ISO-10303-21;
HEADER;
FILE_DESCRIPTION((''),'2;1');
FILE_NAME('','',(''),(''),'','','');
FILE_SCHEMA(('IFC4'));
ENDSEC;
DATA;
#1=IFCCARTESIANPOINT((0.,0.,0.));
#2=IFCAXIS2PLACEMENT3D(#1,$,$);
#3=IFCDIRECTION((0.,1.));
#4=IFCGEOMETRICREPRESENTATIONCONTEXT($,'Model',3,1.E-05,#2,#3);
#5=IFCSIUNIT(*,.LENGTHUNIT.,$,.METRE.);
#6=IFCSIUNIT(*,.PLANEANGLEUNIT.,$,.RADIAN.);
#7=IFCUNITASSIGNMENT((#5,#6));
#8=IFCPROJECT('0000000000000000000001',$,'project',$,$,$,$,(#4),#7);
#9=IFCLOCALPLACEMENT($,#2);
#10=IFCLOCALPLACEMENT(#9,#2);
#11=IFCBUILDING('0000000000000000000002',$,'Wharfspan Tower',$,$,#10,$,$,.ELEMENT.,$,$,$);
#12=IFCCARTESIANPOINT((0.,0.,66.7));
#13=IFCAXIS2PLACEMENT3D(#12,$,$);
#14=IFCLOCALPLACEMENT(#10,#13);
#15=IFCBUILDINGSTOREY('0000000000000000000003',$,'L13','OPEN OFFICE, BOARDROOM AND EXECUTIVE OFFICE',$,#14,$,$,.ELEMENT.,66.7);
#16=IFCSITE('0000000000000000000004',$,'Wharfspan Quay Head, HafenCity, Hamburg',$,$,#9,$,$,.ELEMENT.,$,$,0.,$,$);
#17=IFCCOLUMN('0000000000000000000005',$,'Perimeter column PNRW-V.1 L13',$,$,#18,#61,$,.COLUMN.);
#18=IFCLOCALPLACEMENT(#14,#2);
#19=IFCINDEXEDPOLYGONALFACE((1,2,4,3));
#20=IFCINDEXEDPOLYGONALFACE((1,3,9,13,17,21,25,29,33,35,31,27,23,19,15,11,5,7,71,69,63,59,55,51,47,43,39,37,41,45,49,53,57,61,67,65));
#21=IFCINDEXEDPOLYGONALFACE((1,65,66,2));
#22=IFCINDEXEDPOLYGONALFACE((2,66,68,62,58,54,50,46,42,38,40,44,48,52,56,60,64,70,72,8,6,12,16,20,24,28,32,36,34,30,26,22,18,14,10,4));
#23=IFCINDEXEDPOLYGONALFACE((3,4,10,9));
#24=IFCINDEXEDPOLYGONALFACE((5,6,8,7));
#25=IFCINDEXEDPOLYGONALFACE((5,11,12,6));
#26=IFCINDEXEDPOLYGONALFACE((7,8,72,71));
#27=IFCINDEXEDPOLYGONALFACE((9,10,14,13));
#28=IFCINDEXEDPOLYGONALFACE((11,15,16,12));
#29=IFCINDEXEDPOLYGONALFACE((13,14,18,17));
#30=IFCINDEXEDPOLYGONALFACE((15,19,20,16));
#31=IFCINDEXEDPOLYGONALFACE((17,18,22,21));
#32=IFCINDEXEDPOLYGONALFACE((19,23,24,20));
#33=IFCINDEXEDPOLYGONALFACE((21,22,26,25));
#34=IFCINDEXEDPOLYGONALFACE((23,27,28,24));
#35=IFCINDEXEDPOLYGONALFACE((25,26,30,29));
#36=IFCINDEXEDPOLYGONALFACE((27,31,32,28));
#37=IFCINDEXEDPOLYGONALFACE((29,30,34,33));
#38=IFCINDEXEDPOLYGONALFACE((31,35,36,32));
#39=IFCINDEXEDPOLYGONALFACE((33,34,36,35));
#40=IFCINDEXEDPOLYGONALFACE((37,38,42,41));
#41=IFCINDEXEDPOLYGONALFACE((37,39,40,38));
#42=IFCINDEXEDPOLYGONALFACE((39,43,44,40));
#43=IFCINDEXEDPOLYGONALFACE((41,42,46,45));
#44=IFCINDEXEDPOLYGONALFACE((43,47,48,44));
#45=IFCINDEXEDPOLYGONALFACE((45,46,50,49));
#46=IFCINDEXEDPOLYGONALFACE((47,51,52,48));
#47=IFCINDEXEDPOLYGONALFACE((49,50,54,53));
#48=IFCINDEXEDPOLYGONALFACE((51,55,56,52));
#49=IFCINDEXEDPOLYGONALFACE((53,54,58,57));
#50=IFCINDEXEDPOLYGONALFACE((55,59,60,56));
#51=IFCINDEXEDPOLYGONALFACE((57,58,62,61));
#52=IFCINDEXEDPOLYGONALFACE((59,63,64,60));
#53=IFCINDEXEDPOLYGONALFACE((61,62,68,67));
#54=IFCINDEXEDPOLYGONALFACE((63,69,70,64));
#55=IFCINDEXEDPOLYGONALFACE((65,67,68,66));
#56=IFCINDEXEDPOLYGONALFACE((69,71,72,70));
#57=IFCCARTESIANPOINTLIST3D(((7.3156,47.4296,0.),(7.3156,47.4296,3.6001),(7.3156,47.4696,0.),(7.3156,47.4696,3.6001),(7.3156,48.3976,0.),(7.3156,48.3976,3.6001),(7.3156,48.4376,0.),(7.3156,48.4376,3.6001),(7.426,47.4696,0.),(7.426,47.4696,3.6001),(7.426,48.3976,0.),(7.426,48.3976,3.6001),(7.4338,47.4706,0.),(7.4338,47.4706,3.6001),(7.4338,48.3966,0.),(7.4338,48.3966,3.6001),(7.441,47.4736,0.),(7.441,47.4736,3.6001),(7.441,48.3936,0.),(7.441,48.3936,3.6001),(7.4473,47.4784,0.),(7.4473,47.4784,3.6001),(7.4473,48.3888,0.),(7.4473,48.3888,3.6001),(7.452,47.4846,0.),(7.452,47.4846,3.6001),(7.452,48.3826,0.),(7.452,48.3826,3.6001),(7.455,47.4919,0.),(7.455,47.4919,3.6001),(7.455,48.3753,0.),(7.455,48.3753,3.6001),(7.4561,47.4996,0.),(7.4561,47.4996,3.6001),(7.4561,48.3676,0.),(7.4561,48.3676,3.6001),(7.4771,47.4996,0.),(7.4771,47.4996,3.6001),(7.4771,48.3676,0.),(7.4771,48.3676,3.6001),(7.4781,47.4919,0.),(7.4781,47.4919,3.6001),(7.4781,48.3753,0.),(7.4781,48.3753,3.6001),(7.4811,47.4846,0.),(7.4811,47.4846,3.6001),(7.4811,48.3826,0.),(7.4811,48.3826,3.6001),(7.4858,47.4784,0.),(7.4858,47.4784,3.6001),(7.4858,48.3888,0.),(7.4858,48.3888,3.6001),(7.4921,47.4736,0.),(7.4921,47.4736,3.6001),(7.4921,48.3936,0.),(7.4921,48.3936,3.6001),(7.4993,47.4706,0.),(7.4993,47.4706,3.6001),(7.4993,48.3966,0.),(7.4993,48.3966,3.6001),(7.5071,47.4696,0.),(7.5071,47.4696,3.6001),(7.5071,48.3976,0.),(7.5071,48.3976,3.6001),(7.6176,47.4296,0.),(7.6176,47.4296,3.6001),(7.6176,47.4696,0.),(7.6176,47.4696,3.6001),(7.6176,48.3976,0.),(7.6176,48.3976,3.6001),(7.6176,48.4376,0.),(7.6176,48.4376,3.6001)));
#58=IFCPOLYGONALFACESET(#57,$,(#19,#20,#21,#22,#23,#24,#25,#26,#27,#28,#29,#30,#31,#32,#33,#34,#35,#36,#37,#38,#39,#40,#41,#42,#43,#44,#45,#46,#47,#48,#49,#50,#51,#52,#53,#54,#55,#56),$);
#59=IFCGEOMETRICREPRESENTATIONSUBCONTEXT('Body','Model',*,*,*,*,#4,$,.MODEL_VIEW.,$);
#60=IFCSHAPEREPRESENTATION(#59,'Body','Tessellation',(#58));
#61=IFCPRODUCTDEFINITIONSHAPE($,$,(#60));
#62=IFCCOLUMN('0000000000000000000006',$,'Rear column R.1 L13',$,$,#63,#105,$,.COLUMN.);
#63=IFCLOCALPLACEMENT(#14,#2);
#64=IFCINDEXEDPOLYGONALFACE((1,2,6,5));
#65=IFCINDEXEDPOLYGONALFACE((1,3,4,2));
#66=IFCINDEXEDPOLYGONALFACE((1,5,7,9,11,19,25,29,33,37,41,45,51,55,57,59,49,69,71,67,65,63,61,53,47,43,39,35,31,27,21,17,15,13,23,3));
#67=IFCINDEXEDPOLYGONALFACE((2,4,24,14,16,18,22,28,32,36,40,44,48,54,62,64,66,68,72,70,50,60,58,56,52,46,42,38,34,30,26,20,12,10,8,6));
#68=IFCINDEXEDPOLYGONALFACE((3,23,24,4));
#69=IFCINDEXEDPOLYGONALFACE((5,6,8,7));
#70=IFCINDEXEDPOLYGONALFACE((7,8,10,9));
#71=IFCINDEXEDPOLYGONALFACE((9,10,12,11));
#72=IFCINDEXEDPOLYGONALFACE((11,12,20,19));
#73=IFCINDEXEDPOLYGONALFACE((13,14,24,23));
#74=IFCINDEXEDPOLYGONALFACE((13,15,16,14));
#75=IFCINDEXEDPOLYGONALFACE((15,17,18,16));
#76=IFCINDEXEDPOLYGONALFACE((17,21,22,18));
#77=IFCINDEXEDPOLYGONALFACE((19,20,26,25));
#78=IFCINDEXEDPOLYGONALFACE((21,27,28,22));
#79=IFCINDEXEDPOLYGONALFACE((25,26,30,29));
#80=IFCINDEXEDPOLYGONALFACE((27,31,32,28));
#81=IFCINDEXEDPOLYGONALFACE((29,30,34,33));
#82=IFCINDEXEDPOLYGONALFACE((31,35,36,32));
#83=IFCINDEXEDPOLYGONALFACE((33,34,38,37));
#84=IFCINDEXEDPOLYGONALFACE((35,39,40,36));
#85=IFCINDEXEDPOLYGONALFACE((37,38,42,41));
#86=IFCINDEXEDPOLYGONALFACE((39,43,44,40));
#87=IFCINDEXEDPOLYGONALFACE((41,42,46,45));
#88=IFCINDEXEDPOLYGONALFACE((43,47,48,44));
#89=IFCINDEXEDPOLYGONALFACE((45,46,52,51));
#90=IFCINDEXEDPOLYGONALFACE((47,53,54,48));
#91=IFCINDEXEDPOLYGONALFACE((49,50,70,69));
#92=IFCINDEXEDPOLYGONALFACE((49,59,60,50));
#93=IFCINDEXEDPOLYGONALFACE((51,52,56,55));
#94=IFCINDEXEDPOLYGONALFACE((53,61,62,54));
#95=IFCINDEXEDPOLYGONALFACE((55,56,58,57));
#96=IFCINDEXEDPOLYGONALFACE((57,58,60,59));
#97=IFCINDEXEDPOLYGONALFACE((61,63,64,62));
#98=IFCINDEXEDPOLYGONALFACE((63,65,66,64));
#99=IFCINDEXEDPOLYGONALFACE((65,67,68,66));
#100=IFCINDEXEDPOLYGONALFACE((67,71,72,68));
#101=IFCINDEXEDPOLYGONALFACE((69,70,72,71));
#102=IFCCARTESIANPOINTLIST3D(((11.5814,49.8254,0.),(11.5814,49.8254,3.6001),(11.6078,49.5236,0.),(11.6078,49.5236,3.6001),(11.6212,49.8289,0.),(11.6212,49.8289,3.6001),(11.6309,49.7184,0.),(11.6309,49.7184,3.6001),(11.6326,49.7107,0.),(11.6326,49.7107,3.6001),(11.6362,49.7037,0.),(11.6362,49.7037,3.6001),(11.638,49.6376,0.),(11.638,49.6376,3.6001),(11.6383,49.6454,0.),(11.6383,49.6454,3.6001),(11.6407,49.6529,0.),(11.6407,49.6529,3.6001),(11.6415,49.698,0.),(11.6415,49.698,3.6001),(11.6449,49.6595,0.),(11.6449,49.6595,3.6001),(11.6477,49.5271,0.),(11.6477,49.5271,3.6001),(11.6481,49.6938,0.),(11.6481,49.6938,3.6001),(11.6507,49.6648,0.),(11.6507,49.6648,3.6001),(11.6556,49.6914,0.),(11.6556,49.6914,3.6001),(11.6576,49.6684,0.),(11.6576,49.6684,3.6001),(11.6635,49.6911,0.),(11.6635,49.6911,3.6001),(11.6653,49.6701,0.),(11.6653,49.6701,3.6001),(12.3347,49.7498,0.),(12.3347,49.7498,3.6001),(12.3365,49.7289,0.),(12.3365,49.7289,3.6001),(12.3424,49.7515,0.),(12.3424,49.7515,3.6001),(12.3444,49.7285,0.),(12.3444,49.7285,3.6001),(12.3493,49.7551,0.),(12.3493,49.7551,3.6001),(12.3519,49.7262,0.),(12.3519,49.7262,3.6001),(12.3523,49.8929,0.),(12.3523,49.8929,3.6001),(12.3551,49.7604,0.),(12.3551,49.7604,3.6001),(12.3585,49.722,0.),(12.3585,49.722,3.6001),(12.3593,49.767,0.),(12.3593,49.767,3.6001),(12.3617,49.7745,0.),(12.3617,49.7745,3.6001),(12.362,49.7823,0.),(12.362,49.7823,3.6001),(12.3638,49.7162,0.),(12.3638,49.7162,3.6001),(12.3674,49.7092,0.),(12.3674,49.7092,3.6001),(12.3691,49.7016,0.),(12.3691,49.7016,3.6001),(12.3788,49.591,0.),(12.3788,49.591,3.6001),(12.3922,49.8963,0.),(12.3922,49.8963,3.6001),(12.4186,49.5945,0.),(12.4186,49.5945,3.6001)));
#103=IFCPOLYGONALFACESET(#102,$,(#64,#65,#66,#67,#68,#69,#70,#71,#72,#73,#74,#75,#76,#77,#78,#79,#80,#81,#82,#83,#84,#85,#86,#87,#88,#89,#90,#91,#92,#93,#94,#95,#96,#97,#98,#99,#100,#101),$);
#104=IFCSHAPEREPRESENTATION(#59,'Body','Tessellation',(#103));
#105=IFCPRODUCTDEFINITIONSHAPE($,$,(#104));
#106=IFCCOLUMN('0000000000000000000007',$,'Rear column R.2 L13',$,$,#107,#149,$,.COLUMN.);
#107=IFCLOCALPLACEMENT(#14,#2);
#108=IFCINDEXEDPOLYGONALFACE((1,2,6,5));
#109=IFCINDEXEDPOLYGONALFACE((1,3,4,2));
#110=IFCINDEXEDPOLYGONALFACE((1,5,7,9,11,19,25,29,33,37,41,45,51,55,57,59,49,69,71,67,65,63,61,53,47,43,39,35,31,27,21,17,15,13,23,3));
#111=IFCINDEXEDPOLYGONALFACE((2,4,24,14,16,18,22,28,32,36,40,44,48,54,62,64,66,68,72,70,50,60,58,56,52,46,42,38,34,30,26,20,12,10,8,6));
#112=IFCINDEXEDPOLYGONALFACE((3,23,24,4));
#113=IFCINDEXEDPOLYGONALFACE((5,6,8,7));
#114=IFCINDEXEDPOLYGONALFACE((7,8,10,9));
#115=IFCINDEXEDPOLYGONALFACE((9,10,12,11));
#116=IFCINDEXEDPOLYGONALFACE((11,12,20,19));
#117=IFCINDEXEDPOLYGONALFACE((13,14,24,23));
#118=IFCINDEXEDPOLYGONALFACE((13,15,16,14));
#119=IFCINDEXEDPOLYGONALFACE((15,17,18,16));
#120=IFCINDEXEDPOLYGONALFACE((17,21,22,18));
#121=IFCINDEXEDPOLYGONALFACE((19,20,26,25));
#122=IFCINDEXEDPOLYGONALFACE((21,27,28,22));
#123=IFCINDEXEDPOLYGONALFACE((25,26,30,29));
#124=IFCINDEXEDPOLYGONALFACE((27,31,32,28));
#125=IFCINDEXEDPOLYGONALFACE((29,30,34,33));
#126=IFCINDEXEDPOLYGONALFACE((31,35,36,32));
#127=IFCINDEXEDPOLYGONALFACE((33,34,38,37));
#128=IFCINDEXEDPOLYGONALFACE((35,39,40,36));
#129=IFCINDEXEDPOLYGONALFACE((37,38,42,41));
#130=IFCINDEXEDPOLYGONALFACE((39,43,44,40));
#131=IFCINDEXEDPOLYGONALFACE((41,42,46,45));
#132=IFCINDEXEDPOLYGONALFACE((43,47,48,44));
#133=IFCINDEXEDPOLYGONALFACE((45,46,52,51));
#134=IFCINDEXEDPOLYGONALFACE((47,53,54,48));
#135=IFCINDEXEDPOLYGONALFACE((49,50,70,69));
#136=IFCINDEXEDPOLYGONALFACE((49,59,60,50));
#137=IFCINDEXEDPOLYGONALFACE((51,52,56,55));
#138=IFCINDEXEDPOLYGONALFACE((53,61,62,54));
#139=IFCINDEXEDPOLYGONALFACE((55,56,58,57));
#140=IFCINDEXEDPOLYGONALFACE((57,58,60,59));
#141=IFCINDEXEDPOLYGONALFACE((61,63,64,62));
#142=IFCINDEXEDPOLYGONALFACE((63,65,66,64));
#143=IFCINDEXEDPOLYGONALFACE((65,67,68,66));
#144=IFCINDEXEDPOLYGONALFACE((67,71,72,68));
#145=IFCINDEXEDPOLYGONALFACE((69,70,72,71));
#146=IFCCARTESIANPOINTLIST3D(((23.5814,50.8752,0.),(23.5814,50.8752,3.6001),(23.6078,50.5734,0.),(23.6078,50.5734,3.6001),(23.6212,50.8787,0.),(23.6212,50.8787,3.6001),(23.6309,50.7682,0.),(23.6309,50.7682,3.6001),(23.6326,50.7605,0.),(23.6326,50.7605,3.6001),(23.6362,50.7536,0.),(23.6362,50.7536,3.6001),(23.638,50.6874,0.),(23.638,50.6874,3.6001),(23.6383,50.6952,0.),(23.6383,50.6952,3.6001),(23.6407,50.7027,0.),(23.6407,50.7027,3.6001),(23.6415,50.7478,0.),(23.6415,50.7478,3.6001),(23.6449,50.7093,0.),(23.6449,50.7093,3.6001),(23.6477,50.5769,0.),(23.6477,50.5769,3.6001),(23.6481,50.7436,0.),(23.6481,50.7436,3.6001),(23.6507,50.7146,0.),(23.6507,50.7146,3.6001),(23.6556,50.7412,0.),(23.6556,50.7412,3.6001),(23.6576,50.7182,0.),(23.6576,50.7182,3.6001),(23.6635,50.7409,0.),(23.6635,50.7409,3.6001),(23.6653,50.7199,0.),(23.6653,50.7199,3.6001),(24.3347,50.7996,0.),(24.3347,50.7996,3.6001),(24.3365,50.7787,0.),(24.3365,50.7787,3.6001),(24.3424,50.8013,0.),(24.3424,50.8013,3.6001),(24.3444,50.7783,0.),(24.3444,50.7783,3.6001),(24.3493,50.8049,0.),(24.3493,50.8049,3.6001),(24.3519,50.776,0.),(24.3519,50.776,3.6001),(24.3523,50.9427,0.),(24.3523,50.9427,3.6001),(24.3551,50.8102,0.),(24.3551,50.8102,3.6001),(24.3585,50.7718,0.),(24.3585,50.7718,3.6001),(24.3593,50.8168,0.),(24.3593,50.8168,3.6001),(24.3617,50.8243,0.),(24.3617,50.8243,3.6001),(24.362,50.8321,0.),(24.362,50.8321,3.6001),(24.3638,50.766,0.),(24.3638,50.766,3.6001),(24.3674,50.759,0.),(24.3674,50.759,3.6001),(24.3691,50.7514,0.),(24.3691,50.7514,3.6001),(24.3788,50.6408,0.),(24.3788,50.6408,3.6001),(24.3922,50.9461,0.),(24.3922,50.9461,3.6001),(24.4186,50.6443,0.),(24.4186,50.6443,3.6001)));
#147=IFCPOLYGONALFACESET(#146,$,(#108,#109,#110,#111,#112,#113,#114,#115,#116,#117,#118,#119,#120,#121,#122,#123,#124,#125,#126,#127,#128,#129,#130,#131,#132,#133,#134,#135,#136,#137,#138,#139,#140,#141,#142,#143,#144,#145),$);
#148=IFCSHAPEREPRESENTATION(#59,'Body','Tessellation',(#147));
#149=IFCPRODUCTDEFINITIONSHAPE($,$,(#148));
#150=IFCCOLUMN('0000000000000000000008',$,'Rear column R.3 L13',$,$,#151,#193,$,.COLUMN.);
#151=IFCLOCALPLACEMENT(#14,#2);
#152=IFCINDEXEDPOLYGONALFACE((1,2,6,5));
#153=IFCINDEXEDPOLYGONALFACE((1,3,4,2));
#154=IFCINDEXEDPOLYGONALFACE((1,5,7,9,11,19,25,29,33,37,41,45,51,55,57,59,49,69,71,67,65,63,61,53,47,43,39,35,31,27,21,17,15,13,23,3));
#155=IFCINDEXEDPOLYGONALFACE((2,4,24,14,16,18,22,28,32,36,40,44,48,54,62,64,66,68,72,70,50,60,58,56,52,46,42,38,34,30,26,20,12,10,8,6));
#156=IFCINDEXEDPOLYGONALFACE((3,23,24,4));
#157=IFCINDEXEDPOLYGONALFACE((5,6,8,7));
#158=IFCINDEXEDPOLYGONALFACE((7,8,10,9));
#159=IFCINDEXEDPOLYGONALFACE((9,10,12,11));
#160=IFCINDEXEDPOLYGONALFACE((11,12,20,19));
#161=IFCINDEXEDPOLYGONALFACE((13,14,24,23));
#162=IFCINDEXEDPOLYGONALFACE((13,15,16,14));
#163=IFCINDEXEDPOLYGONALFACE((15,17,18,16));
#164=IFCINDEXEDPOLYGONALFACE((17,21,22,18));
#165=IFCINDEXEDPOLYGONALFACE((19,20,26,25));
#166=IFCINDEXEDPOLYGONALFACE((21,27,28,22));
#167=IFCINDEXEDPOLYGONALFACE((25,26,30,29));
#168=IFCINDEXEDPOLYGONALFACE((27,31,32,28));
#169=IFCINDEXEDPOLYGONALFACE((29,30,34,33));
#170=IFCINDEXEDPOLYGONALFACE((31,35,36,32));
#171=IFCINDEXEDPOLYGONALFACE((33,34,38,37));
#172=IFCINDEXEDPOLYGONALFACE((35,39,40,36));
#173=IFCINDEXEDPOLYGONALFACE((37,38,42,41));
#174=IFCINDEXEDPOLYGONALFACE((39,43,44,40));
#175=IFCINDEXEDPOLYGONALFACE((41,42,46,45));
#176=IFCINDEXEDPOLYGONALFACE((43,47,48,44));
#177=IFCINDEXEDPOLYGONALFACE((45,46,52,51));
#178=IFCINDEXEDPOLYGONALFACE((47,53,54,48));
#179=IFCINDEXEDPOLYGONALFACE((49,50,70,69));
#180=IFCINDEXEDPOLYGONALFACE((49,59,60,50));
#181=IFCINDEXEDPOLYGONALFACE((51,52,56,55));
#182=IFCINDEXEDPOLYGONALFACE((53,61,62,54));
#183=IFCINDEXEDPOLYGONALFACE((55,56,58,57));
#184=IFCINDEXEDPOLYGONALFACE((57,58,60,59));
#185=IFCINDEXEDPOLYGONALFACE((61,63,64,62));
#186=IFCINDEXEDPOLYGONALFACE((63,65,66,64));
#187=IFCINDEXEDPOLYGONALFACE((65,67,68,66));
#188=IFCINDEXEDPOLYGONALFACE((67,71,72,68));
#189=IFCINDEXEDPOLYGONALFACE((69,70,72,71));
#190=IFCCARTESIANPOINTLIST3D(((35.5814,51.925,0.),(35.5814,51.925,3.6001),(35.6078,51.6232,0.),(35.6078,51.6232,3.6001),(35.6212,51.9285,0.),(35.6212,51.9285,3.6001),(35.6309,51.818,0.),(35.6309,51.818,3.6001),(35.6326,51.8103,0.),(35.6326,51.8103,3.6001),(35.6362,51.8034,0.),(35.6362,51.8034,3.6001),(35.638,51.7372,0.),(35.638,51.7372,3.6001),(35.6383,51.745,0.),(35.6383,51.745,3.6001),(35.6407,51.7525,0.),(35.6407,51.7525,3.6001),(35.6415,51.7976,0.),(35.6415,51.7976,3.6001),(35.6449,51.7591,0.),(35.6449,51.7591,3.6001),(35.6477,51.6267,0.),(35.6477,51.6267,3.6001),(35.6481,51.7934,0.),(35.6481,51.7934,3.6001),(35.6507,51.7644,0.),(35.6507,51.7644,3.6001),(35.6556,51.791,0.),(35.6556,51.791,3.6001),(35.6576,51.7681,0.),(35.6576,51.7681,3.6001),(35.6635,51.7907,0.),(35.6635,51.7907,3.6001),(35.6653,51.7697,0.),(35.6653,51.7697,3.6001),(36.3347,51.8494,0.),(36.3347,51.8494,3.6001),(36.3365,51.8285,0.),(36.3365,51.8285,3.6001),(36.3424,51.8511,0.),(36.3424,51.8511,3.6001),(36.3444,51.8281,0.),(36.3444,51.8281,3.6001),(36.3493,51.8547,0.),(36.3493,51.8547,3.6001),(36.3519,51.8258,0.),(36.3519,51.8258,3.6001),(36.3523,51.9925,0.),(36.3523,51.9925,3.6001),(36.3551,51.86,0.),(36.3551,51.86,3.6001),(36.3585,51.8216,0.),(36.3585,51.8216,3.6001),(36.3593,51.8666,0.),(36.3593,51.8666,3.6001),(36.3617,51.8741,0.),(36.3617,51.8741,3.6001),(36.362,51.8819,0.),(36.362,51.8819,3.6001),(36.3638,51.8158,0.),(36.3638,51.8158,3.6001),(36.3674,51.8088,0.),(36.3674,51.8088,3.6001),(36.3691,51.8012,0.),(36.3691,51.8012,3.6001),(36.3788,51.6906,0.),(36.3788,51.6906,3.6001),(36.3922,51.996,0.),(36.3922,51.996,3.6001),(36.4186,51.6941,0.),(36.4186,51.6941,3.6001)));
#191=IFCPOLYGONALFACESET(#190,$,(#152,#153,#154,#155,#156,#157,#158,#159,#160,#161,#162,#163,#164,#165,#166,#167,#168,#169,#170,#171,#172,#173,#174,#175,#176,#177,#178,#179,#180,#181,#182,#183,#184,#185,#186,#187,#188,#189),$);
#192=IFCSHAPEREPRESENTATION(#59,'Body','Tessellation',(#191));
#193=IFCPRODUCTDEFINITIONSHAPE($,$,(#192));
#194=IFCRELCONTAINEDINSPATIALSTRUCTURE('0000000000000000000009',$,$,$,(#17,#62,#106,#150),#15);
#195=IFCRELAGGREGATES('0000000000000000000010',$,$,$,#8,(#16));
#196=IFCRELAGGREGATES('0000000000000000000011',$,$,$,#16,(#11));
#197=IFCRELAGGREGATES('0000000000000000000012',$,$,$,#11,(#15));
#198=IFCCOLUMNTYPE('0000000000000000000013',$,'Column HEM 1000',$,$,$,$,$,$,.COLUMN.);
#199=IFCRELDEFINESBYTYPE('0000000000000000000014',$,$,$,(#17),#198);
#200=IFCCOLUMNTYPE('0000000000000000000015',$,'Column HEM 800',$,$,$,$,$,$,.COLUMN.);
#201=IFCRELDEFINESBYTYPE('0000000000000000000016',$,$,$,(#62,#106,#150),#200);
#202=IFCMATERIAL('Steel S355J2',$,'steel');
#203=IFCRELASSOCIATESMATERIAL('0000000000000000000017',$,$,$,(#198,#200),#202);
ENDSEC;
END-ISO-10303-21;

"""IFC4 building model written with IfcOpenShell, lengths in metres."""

from ifc_helpers import new_model, si_unit, direction, frame, origin, origin_2d, place, context, subcontext, project, spatial, i_section, extrude, material, material_profile, profile_set, type_object, element, save


model = new_model("IFC4")

# Units and contexts
model_context = context("Model", 3, precision=1e-05, world=origin(), true_north=direction((0.0, 1.0)))
body_context = subcontext(model_context, "Body", "Model", "MODEL_VIEW")
ifc_project = project(units=[si_unit("LENGTHUNIT", "METRE"), si_unit("PLANEANGLEUNIT", "RADIAN")], contexts=[model_context])

# Site, building, storey
site_placement = place(None, origin())
site = spatial("IfcSite", under=ifc_project, at=site_placement, Name="Wharfspan Quay Head, HafenCity, Hamburg", CompositionType="ELEMENT", RefElevation=0.0)
building_placement = place(site_placement, origin())
building = spatial("IfcBuilding", under=site, at=building_placement, Name="Wharfspan Tower", CompositionType="ELEMENT")
storey_placement = place(building_placement, frame((0.0, 0.0, 66.7)))
storey = spatial("IfcBuildingStorey", under=building, at=storey_placement, Name="L13", Description="OPEN OFFICE, BOARDROOM AND EXECUTIVE OFFICE", CompositionType="ELEMENT", Elevation=66.7)

# Columns
ifc_material_1 = material(Name="Steel S355J2", Category="steel")
ifc_material_profile_1 = material_profile(ifc_material_1, i_section(OverallWidth=0.302, OverallDepth=1.0081, WebThickness=0.021, FlangeThickness=0.04, FilletRadius=0.03, at=origin_2d()))
ifc_profile_set_1 = profile_set([ifc_material_profile_1], Name="Steel S355J2")
column_type_1 = type_object("IfcColumnType", Name="Column HEM 1000", PredefinedType="COLUMN", material=ifc_profile_set_1)
column_1_placement = place(storey_placement, frame((7.4666, 47.9336, 0.0), z_axis=(0.0, 0.0, 1.0), x_axis=(-1.0, 0.0, 0.0)))
element("IfcColumn", 1, at=column_1_placement, inside=storey, type_object=column_type_1, Name="Perimeter column PNRW-V.1 L13", PredefinedType="COLUMN", context=body_context, shape_type="SweptSolid", body=[
    extrude(i_section(OverallWidth=0.302, OverallDepth=1.0081, WebThickness=0.021, FlangeThickness=0.04, FilletRadius=0.03, at=origin_2d()), origin(), (0.0, 0.0, 1.0), 3.6001),
])
ifc_material_profile_2 = material_profile(ifc_material_1, i_section(OverallWidth=0.303, OverallDepth=0.814, WebThickness=0.021, FlangeThickness=0.04, FilletRadius=0.03, at=origin_2d()))
ifc_profile_set_2 = profile_set([ifc_material_profile_2], Name="Steel S355J2")
column_type_2 = type_object("IfcColumnType", Name="Column HEM 800", PredefinedType="COLUMN", material=ifc_profile_set_2)
for number, where, z_axis, x_axis, name in (
    (2, (12.0, 49.71, 0.0), (0.0, 0.0, 1.0), (-0.087156, 0.996197, 0.0), "Rear column R.1 L13"),
    (3, (24.0, 50.7598, 0.0), (0.0, 0.0, 1.0), (-0.087156, 0.996197, 0.0), "Rear column R.2 L13"),
    (4, (36.0, 51.8096, 0.0), (0.0, 0.0, 1.0), (-0.087156, 0.996197, 0.0), "Rear column R.3 L13"),
):
    element("IfcColumn", number, at=place(storey_placement, frame(where, z_axis=z_axis, x_axis=x_axis)), inside=storey, type_object=column_type_2, Name=name, PredefinedType="COLUMN", context=body_context, shape_type="SweptSolid", body=[
        extrude(i_section(OverallWidth=0.303, OverallDepth=0.814, WebThickness=0.021, FlangeThickness=0.04, FilletRadius=0.03, at=origin_2d()), origin(), (0.0, 0.0, 1.0), 3.6001),
    ])

save(model, "model.ifc")
